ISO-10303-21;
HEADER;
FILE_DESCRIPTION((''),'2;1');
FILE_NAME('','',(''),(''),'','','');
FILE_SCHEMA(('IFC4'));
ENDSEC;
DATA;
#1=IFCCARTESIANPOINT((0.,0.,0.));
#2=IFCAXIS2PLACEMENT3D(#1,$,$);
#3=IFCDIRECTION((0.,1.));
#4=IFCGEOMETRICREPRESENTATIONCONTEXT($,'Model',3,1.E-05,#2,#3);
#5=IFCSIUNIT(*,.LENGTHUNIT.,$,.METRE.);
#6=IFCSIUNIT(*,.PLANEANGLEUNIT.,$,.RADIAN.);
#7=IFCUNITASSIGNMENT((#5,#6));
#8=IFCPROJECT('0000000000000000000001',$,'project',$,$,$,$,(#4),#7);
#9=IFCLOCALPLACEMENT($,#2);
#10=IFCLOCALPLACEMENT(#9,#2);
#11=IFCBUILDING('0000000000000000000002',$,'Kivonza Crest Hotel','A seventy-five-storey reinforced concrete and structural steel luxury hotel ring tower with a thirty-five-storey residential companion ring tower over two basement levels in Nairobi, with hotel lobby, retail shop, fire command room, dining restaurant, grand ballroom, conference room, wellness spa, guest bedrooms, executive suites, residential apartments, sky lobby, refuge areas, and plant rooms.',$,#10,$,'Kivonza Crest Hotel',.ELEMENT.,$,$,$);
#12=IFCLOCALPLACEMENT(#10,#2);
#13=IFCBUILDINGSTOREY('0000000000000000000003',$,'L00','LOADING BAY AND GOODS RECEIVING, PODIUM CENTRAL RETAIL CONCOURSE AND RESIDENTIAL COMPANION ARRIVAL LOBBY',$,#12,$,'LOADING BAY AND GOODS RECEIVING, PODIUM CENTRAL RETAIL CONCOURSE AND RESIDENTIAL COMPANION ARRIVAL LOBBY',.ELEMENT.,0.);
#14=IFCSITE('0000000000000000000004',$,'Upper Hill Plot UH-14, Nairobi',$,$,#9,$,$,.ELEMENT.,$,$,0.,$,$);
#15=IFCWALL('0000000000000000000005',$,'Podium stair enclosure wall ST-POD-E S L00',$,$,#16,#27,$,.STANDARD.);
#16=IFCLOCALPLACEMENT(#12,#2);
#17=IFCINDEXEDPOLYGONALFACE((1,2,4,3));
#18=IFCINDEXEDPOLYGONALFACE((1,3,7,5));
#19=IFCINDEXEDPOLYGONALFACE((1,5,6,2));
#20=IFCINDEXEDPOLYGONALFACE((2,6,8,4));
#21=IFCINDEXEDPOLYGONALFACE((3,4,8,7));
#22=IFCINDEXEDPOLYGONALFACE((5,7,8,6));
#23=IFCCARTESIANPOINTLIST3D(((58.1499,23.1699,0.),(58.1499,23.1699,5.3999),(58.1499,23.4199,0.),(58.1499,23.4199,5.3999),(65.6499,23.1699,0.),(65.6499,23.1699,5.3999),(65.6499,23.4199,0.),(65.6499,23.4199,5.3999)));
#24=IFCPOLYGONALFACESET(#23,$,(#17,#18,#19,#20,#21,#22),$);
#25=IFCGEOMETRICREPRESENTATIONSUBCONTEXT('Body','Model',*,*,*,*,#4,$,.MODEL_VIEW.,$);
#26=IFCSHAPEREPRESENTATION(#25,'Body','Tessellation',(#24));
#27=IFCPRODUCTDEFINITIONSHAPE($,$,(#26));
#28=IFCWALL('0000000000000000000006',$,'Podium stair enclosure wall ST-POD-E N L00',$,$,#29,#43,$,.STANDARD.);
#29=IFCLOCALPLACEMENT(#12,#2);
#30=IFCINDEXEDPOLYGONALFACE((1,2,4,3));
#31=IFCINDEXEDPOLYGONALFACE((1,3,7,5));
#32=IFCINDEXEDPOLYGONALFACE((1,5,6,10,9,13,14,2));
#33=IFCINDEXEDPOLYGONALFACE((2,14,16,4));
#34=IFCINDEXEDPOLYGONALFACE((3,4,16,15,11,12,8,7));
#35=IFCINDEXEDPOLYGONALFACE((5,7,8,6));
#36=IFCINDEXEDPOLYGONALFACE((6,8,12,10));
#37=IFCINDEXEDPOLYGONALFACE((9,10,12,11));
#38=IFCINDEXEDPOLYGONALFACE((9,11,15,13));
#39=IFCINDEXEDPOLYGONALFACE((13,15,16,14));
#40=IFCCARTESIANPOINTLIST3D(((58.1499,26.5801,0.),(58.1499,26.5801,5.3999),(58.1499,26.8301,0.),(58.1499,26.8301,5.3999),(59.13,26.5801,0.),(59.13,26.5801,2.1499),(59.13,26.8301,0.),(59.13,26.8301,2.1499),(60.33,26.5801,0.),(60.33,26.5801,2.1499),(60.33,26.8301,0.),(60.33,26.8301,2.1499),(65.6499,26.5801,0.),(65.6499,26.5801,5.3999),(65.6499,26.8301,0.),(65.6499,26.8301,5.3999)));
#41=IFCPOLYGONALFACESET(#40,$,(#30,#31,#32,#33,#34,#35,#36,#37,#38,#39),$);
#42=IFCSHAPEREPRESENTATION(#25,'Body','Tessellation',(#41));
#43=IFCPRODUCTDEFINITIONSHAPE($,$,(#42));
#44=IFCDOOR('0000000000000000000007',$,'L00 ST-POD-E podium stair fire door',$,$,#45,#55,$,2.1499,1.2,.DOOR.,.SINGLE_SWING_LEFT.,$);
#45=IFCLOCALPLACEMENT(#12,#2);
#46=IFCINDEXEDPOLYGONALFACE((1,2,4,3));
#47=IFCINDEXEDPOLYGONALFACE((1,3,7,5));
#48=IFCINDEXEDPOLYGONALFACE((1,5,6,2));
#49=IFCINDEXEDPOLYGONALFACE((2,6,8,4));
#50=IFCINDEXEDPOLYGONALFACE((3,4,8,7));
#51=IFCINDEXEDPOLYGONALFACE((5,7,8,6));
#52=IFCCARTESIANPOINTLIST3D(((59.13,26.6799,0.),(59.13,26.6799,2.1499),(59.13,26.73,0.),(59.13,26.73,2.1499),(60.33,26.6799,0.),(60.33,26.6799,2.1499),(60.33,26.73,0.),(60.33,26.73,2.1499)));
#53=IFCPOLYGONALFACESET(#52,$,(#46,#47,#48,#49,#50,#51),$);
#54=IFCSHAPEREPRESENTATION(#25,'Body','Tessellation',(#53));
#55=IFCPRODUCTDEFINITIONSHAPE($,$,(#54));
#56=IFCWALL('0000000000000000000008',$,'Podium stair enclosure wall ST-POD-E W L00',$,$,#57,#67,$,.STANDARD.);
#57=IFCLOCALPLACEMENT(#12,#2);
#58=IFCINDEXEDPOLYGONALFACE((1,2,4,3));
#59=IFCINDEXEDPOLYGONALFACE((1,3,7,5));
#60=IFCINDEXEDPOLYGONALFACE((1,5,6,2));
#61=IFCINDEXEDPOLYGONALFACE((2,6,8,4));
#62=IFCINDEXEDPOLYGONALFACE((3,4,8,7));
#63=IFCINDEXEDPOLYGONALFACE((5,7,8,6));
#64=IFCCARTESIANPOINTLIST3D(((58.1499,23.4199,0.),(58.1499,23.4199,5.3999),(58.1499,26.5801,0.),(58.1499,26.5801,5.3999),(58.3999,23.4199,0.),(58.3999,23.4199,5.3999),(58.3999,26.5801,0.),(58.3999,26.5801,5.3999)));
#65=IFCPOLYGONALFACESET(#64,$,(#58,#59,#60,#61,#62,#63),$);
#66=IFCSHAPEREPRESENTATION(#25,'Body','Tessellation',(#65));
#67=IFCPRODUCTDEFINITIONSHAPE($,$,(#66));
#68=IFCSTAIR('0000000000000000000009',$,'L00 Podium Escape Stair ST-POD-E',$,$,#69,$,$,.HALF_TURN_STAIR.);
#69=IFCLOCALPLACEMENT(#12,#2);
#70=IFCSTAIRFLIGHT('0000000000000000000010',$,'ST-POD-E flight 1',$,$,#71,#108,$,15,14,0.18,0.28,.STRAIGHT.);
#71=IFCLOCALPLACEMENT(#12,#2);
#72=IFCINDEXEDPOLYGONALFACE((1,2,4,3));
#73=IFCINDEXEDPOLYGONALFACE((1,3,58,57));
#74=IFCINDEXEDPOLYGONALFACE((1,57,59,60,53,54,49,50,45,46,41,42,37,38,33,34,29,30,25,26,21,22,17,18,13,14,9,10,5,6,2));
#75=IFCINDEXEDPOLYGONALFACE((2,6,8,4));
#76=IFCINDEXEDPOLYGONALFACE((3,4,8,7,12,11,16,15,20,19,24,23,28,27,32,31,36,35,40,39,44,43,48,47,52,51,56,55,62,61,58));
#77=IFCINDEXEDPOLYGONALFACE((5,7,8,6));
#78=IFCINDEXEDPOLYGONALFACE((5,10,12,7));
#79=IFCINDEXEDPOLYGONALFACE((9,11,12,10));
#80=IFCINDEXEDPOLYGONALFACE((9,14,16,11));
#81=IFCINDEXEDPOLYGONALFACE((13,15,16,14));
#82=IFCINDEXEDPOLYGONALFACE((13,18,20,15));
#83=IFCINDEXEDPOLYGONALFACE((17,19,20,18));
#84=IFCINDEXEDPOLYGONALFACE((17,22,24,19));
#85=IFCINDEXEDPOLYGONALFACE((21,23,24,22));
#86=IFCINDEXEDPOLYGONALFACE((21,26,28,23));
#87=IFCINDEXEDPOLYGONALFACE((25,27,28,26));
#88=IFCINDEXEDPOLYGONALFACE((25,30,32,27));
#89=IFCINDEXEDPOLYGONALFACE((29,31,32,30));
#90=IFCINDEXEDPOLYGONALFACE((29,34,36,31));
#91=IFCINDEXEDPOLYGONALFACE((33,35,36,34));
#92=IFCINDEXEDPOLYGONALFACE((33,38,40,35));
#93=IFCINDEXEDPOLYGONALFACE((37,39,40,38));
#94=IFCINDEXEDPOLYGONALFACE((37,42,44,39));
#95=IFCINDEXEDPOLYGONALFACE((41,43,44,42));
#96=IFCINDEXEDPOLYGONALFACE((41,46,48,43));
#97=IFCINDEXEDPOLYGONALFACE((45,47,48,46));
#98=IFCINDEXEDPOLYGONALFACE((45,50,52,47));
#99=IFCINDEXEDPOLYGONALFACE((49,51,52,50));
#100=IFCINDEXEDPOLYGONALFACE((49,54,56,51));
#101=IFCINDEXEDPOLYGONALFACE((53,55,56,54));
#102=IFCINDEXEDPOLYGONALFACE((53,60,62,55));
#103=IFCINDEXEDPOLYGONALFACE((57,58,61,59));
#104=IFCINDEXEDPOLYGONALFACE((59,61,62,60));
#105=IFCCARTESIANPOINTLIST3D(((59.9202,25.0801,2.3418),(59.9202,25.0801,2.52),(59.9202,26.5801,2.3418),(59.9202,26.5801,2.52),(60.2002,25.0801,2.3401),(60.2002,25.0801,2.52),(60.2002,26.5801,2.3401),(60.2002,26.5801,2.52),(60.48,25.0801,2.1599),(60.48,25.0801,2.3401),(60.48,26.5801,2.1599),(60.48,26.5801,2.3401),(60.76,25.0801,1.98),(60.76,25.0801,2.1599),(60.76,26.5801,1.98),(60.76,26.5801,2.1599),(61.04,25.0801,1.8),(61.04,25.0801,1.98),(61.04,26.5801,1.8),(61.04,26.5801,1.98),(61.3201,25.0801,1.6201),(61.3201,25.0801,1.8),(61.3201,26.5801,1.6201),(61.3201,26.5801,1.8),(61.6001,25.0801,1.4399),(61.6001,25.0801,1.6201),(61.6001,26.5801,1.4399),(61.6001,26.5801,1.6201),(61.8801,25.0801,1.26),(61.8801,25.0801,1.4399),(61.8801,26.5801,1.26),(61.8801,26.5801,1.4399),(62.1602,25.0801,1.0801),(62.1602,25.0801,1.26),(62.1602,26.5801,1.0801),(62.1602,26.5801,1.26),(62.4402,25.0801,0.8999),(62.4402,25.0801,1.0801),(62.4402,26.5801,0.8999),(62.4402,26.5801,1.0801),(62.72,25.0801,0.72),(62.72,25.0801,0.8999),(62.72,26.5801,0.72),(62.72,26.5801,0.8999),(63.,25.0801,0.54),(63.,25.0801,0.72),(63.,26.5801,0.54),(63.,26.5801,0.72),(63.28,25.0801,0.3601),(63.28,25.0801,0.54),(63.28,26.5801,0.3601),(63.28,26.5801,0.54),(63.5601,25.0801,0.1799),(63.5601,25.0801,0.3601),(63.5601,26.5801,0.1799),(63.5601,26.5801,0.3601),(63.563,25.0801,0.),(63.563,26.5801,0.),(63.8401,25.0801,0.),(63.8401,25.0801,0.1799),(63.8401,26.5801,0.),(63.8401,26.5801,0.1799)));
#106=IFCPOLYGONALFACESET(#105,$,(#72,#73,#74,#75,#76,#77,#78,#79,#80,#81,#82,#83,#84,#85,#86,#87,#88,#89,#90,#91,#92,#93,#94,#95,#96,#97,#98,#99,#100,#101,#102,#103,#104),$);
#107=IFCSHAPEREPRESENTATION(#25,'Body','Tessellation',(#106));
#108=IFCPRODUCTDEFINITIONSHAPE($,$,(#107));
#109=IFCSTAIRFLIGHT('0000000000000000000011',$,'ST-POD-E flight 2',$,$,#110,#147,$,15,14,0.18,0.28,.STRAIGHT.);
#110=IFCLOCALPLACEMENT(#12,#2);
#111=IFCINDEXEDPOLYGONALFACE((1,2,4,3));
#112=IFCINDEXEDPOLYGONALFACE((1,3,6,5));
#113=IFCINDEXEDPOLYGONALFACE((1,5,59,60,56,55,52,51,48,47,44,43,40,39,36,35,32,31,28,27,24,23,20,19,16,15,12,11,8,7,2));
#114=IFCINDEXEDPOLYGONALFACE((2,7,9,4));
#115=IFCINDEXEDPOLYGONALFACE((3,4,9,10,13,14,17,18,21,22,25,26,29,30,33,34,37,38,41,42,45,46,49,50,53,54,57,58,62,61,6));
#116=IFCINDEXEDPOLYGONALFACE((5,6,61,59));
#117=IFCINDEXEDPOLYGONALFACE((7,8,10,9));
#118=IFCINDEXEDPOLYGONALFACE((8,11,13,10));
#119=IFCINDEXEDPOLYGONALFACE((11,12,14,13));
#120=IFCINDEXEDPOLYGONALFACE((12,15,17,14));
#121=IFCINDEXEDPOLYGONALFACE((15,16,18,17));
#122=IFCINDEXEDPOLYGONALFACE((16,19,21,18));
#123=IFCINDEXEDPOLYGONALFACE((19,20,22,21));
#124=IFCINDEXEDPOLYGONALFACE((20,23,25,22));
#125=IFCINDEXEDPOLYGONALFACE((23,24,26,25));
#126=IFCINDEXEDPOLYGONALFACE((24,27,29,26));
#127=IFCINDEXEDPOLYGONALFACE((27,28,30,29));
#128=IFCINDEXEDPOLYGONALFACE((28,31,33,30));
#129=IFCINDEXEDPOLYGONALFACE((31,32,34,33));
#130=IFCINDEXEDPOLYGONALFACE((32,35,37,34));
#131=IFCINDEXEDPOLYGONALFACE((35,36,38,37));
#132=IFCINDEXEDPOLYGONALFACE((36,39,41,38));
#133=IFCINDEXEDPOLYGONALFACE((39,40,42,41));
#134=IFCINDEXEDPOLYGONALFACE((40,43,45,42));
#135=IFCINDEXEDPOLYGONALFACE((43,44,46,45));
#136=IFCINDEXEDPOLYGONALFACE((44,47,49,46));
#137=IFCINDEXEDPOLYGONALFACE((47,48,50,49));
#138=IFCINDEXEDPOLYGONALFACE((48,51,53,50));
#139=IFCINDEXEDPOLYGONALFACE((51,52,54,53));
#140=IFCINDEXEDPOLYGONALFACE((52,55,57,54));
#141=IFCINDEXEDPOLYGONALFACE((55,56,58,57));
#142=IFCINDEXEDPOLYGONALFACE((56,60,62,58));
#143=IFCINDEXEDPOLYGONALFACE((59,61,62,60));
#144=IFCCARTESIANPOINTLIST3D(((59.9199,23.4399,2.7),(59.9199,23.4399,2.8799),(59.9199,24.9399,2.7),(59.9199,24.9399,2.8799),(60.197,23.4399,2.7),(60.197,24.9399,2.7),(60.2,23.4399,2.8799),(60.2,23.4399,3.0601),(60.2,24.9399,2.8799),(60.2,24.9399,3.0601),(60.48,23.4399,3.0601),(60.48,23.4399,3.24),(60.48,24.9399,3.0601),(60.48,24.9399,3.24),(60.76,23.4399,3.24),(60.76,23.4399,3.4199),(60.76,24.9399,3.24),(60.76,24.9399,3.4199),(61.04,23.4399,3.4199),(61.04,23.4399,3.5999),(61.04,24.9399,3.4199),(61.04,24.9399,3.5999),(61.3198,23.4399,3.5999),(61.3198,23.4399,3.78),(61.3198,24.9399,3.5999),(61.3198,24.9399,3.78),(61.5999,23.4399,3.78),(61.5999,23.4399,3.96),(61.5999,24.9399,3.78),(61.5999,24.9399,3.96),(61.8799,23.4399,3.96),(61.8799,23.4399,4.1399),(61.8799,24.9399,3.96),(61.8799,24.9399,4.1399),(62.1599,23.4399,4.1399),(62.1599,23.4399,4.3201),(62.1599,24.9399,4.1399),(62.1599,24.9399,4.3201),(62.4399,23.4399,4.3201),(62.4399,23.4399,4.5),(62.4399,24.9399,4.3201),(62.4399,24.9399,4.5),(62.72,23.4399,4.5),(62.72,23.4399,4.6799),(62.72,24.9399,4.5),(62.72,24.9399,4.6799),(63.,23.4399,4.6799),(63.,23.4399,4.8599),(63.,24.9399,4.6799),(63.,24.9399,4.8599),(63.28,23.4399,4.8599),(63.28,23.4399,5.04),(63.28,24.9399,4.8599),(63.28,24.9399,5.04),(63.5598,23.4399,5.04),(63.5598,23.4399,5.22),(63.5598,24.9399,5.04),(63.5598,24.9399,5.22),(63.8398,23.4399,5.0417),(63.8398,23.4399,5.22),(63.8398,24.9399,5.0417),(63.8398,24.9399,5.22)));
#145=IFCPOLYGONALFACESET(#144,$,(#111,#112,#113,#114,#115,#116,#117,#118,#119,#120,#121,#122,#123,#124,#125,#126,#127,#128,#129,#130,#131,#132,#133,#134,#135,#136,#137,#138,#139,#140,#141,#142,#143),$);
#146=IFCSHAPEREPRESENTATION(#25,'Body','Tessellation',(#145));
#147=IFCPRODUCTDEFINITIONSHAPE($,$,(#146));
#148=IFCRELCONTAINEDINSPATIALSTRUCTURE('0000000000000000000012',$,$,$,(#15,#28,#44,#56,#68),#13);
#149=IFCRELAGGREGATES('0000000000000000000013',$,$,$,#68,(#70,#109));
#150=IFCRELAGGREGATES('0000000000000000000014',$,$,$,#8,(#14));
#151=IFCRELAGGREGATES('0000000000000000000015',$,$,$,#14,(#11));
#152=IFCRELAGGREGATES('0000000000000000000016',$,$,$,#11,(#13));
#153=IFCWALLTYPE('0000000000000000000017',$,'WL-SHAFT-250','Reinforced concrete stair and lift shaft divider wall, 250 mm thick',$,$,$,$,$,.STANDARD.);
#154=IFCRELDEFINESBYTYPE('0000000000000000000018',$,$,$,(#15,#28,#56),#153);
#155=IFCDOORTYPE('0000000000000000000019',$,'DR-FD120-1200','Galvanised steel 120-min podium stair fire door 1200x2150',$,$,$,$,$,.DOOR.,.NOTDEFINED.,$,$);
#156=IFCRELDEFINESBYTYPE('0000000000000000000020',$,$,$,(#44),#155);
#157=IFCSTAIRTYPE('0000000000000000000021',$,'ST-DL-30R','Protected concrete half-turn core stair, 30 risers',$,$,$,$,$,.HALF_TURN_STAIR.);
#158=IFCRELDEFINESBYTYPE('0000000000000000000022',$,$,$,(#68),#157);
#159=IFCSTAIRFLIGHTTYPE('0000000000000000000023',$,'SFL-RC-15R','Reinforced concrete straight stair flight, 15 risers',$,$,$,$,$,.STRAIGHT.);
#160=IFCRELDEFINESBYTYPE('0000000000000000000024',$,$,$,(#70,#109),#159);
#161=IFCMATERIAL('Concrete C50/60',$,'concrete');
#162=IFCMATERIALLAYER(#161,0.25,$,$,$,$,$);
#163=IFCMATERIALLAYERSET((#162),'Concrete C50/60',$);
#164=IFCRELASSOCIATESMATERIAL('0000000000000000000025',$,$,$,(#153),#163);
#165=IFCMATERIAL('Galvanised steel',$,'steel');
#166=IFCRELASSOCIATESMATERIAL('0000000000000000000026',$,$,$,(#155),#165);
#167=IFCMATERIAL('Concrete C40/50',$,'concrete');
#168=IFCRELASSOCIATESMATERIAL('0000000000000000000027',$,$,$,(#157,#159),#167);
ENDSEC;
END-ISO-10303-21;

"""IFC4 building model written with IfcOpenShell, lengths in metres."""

from ifc_helpers import new_model, si_unit, direction, frame, frame_2d, origin, place, context, subcontext, project, spatial, polyline, rectangle, outline, extrude, material, layer, layer_set, type_object, element, fill, aggregate, save


model = new_model("IFC4")

# Units and contexts
model_context = context("Model", 3, precision=1e-05, world=origin(), true_north=direction((0.0, 1.0)))
body_context = subcontext(model_context, "Body", "Model", "MODEL_VIEW")
ifc_project = project(units=[si_unit("LENGTHUNIT", "METRE"), si_unit("PLANEANGLEUNIT", "RADIAN")], contexts=[model_context])

# Site, building, storey
site_placement = place(None, origin())
site = spatial("IfcSite", under=ifc_project, at=site_placement, Name="Upper Hill Plot UH-14, Nairobi", CompositionType="ELEMENT", RefElevation=0.0)
building_placement = place(site_placement, origin())
building = spatial("IfcBuilding", under=site, at=building_placement, Name="Kivonza Crest Hotel", Description="A seventy-five-storey reinforced concrete and structural steel luxury hotel ring tower with a thirty-five-storey residential companion ring tower over two basement levels in Nairobi, with hotel lobby, retail shop, fire command room, dining restaurant, grand ballroom, conference room, wellness spa, guest bedrooms, executive suites, residential apartments, sky lobby, refuge areas, and plant rooms.", LongName="Kivonza Crest Hotel", CompositionType="ELEMENT")
storey_placement = place(building_placement, origin())
storey = spatial("IfcBuildingStorey", under=building, at=storey_placement, Name="L00", Description="LOADING BAY AND GOODS RECEIVING, PODIUM CENTRAL RETAIL CONCOURSE AND RESIDENTIAL COMPANION ARRIVAL LOBBY", LongName="LOADING BAY AND GOODS RECEIVING, PODIUM CENTRAL RETAIL CONCOURSE AND RESIDENTIAL COMPANION ARRIVAL LOBBY", CompositionType="ELEMENT", Elevation=0.0)

# Wall
ifc_material_1 = material(Name="Concrete C50/60", Category="concrete")
ifc_layer = layer(ifc_material_1, 0.25)
ifc_layer_set = layer_set([ifc_layer], Name="Concrete C50/60")
wall_type = type_object("IfcWallType", Name="WL-SHAFT-250", Description="Reinforced concrete stair and lift shaft divider wall, 250 mm thick", PredefinedType="STANDARD", material=ifc_layer_set)
wall_1_placement = place(storey_placement, frame((58.1499, 23.2949, 0.0), z_axis=(0.0, 0.0, 1.0), x_axis=(1.0, 0.0, 0.0)))
element("IfcWall", 1, at=wall_1_placement, inside=storey, type_object=wall_type, Name="Podium stair enclosure wall ST-POD-E S L00", PredefinedType="STANDARD", context=body_context, shape_type="SweptSolid", body=[
    extrude(rectangle(XDim=7.5, YDim=0.25, at=frame_2d((3.75, 0.0))), origin(), (0.0, 0.0, 1.0), 5.3999),
])

# Wall, opening, door
wall_2_placement = place(storey_placement, frame((58.1499, 26.7051, 0.0), z_axis=(0.0, 0.0, 1.0), x_axis=(1.0, 0.0, 0.0)))
wall_2 = element("IfcWall", 2, at=wall_2_placement, inside=storey, type_object=wall_type, Name="Podium stair enclosure wall ST-POD-E N L00", PredefinedType="STANDARD", context=body_context, shape_type="SweptSolid", body=[
    extrude(rectangle(XDim=7.5, YDim=0.25, at=frame_2d((3.75, 0.0))), origin(), (0.0, 0.0, 1.0), 5.3999),
])
opening_placement = place(wall_2_placement, frame((0.98, 0.0, 0.0)))
opening = element("IfcOpeningElement", 3, at=opening_placement, cuts=wall_2, PredefinedType="OPENING", context=body_context, shape_type="SweptSolid", body=[
    extrude(rectangle(XDim=1.2, YDim=2.1499, at=frame_2d((0.6001, 1.075))), frame((0.0, 0.135, 0.0), z_axis=(0.0, -1.0, 0.0), x_axis=(1.0, 0.0, 0.0)), (0.0, 0.0, 1.0), 0.27),
])
ifc_material_2 = material(Name="Galvanised steel", Category="steel")
door_type = type_object("IfcDoorType", Name="DR-FD120-1200", Description="Galvanised steel 120-min podium stair fire door 1200x2150", OperationType="NOTDEFINED", PredefinedType="DOOR", material=ifc_material_2)
door_placement = place(opening_placement, origin())
door = element("IfcDoor", 4, at=door_placement, inside=storey, type_object=door_type, Name="L00 ST-POD-E podium stair fire door", OperationType="SINGLE_SWING_LEFT", OverallHeight=2.1499, OverallWidth=1.2, PredefinedType="DOOR", context=body_context, shape_type="SweptSolid", body=[
    extrude(rectangle(XDim=1.2, YDim=2.1499, at=frame_2d((0.6001, 1.075))), frame((0.0, 0.0249, 0.0), z_axis=(0.0, -1.0, 0.0), x_axis=(1.0, 0.0, 0.0)), (0.0, 0.0, 1.0), 0.05),
])
fill(opening, door)

# Wall
wall_3_placement = place(storey_placement, frame((58.2749, 23.4199, 0.0), z_axis=(0.0, 0.0, 1.0), x_axis=(0.0, 1.0, 0.0)))
element("IfcWall", 5, at=wall_3_placement, inside=storey, type_object=wall_type, Name="Podium stair enclosure wall ST-POD-E W L00", PredefinedType="STANDARD", context=body_context, shape_type="SweptSolid", body=[
    extrude(rectangle(XDim=3.1602, YDim=0.25, at=frame_2d((1.5801, 0.0))), origin(), (0.0, 0.0, 1.0), 5.3999),
])

# Stair, stair flights
ifc_material_3 = material(Name="Concrete C40/50", Category="concrete")
stair_type = type_object("IfcStairType", Name="ST-DL-30R", Description="Protected concrete half-turn core stair, 30 risers", PredefinedType="HALF_TURN_STAIR", material=ifc_material_3)
stair_placement = place(storey_placement, origin())
stair = element("IfcStair", 6, at=stair_placement, inside=storey, type_object=stair_type, Name="L00 Podium Escape Stair ST-POD-E", PredefinedType="HALF_TURN_STAIR")
stair_flight_type = type_object("IfcStairFlightType", Name="SFL-RC-15R", Description="Reinforced concrete straight stair flight, 15 risers", PredefinedType="STRAIGHT", material=ifc_material_3)
stair_flight_1_placement = place(storey_placement, frame((63.8401, 25.8301, 0.0), z_axis=(0.0, 0.0, 1.0), x_axis=(-1.0, 0.0, 0.0)))
stair_flight_1 = element("IfcStairFlight", 7, at=stair_flight_1_placement, type_object=stair_flight_type, Name="ST-POD-E flight 1", NumberOfRisers=15, NumberOfTreads=14, PredefinedType="STRAIGHT", RiserHeight=0.18, TreadLength=0.28, context=body_context, shape_type="SweptSolid", body=[
    extrude(outline(polyline([(0.0, 0.0), (0.0, 0.1799), (0.28, 0.1799), (0.28, 0.3601), (0.5601, 0.3601), (0.5601, 0.54), (0.8401, 0.54), (0.8401, 0.72), (1.1201, 0.72), (1.1201, 0.8999), (1.3999, 0.8999), (1.3999, 1.0801), (1.6799, 1.0801), (1.6799, 1.26), (1.96, 1.26), (1.96, 1.4399), (2.24, 1.4399), (2.24, 1.6201), (2.52, 1.6201), (2.52, 1.8), (2.8, 1.8), (2.8, 1.98), (3.0801, 1.98), (3.0801, 2.1599), (3.3601, 2.1599), (3.3601, 2.3401), (3.6399, 2.3401), (3.6399, 2.52), (3.9199, 2.52), (3.9199, 2.7), (3.9199, 2.3418), (0.2771, 0.0), (0.0, 0.0)])), frame((0.0, 0.75, 0.0), z_axis=(0.0, -1.0, 0.0), x_axis=(1.0, 0.0, 0.0)), (0.0, 0.0, 1.0), 1.5),
])
stair_flight_2_placement = place(storey_placement, frame((59.9199, 24.1899, 2.7), z_axis=(0.0, 0.0, 1.0), x_axis=(1.0, 0.0, 0.0)))
stair_flight_2 = element("IfcStairFlight", 8, at=stair_flight_2_placement, type_object=stair_flight_type, Name="ST-POD-E flight 2", NumberOfRisers=15, NumberOfTreads=14, PredefinedType="STRAIGHT", RiserHeight=0.18, TreadLength=0.28, context=body_context, shape_type="SweptSolid", body=[
    extrude(outline(polyline([(0.0, 0.0), (0.0, 0.1799), (0.28, 0.1799), (0.28, 0.3601), (0.5601, 0.3601), (0.5601, 0.54), (0.8401, 0.54), (0.8401, 0.72), (1.1201, 0.72), (1.1201, 0.8999), (1.3999, 0.8999), (1.3999, 1.0801), (1.6799, 1.0801), (1.6799, 1.26), (1.96, 1.26), (1.96, 1.4399), (2.24, 1.4399), (2.24, 1.6201), (2.52, 1.6201), (2.52, 1.8), (2.8, 1.8), (2.8, 1.98), (3.0801, 1.98), (3.0801, 2.1599), (3.3601, 2.1599), (3.3601, 2.3401), (3.6399, 2.3401), (3.6399, 2.52), (3.9199, 2.52), (3.9199, 2.7), (3.9199, 2.3418), (0.2771, 0.0), (0.0, 0.0)])), frame((0.0, 0.75, 0.0), z_axis=(0.0, -1.0, 0.0), x_axis=(1.0, 0.0, 0.0)), (0.0, 0.0, 1.0), 1.5),
])
aggregate(stair, [stair_flight_1, stair_flight_2])

save(model, "model.ifc")
